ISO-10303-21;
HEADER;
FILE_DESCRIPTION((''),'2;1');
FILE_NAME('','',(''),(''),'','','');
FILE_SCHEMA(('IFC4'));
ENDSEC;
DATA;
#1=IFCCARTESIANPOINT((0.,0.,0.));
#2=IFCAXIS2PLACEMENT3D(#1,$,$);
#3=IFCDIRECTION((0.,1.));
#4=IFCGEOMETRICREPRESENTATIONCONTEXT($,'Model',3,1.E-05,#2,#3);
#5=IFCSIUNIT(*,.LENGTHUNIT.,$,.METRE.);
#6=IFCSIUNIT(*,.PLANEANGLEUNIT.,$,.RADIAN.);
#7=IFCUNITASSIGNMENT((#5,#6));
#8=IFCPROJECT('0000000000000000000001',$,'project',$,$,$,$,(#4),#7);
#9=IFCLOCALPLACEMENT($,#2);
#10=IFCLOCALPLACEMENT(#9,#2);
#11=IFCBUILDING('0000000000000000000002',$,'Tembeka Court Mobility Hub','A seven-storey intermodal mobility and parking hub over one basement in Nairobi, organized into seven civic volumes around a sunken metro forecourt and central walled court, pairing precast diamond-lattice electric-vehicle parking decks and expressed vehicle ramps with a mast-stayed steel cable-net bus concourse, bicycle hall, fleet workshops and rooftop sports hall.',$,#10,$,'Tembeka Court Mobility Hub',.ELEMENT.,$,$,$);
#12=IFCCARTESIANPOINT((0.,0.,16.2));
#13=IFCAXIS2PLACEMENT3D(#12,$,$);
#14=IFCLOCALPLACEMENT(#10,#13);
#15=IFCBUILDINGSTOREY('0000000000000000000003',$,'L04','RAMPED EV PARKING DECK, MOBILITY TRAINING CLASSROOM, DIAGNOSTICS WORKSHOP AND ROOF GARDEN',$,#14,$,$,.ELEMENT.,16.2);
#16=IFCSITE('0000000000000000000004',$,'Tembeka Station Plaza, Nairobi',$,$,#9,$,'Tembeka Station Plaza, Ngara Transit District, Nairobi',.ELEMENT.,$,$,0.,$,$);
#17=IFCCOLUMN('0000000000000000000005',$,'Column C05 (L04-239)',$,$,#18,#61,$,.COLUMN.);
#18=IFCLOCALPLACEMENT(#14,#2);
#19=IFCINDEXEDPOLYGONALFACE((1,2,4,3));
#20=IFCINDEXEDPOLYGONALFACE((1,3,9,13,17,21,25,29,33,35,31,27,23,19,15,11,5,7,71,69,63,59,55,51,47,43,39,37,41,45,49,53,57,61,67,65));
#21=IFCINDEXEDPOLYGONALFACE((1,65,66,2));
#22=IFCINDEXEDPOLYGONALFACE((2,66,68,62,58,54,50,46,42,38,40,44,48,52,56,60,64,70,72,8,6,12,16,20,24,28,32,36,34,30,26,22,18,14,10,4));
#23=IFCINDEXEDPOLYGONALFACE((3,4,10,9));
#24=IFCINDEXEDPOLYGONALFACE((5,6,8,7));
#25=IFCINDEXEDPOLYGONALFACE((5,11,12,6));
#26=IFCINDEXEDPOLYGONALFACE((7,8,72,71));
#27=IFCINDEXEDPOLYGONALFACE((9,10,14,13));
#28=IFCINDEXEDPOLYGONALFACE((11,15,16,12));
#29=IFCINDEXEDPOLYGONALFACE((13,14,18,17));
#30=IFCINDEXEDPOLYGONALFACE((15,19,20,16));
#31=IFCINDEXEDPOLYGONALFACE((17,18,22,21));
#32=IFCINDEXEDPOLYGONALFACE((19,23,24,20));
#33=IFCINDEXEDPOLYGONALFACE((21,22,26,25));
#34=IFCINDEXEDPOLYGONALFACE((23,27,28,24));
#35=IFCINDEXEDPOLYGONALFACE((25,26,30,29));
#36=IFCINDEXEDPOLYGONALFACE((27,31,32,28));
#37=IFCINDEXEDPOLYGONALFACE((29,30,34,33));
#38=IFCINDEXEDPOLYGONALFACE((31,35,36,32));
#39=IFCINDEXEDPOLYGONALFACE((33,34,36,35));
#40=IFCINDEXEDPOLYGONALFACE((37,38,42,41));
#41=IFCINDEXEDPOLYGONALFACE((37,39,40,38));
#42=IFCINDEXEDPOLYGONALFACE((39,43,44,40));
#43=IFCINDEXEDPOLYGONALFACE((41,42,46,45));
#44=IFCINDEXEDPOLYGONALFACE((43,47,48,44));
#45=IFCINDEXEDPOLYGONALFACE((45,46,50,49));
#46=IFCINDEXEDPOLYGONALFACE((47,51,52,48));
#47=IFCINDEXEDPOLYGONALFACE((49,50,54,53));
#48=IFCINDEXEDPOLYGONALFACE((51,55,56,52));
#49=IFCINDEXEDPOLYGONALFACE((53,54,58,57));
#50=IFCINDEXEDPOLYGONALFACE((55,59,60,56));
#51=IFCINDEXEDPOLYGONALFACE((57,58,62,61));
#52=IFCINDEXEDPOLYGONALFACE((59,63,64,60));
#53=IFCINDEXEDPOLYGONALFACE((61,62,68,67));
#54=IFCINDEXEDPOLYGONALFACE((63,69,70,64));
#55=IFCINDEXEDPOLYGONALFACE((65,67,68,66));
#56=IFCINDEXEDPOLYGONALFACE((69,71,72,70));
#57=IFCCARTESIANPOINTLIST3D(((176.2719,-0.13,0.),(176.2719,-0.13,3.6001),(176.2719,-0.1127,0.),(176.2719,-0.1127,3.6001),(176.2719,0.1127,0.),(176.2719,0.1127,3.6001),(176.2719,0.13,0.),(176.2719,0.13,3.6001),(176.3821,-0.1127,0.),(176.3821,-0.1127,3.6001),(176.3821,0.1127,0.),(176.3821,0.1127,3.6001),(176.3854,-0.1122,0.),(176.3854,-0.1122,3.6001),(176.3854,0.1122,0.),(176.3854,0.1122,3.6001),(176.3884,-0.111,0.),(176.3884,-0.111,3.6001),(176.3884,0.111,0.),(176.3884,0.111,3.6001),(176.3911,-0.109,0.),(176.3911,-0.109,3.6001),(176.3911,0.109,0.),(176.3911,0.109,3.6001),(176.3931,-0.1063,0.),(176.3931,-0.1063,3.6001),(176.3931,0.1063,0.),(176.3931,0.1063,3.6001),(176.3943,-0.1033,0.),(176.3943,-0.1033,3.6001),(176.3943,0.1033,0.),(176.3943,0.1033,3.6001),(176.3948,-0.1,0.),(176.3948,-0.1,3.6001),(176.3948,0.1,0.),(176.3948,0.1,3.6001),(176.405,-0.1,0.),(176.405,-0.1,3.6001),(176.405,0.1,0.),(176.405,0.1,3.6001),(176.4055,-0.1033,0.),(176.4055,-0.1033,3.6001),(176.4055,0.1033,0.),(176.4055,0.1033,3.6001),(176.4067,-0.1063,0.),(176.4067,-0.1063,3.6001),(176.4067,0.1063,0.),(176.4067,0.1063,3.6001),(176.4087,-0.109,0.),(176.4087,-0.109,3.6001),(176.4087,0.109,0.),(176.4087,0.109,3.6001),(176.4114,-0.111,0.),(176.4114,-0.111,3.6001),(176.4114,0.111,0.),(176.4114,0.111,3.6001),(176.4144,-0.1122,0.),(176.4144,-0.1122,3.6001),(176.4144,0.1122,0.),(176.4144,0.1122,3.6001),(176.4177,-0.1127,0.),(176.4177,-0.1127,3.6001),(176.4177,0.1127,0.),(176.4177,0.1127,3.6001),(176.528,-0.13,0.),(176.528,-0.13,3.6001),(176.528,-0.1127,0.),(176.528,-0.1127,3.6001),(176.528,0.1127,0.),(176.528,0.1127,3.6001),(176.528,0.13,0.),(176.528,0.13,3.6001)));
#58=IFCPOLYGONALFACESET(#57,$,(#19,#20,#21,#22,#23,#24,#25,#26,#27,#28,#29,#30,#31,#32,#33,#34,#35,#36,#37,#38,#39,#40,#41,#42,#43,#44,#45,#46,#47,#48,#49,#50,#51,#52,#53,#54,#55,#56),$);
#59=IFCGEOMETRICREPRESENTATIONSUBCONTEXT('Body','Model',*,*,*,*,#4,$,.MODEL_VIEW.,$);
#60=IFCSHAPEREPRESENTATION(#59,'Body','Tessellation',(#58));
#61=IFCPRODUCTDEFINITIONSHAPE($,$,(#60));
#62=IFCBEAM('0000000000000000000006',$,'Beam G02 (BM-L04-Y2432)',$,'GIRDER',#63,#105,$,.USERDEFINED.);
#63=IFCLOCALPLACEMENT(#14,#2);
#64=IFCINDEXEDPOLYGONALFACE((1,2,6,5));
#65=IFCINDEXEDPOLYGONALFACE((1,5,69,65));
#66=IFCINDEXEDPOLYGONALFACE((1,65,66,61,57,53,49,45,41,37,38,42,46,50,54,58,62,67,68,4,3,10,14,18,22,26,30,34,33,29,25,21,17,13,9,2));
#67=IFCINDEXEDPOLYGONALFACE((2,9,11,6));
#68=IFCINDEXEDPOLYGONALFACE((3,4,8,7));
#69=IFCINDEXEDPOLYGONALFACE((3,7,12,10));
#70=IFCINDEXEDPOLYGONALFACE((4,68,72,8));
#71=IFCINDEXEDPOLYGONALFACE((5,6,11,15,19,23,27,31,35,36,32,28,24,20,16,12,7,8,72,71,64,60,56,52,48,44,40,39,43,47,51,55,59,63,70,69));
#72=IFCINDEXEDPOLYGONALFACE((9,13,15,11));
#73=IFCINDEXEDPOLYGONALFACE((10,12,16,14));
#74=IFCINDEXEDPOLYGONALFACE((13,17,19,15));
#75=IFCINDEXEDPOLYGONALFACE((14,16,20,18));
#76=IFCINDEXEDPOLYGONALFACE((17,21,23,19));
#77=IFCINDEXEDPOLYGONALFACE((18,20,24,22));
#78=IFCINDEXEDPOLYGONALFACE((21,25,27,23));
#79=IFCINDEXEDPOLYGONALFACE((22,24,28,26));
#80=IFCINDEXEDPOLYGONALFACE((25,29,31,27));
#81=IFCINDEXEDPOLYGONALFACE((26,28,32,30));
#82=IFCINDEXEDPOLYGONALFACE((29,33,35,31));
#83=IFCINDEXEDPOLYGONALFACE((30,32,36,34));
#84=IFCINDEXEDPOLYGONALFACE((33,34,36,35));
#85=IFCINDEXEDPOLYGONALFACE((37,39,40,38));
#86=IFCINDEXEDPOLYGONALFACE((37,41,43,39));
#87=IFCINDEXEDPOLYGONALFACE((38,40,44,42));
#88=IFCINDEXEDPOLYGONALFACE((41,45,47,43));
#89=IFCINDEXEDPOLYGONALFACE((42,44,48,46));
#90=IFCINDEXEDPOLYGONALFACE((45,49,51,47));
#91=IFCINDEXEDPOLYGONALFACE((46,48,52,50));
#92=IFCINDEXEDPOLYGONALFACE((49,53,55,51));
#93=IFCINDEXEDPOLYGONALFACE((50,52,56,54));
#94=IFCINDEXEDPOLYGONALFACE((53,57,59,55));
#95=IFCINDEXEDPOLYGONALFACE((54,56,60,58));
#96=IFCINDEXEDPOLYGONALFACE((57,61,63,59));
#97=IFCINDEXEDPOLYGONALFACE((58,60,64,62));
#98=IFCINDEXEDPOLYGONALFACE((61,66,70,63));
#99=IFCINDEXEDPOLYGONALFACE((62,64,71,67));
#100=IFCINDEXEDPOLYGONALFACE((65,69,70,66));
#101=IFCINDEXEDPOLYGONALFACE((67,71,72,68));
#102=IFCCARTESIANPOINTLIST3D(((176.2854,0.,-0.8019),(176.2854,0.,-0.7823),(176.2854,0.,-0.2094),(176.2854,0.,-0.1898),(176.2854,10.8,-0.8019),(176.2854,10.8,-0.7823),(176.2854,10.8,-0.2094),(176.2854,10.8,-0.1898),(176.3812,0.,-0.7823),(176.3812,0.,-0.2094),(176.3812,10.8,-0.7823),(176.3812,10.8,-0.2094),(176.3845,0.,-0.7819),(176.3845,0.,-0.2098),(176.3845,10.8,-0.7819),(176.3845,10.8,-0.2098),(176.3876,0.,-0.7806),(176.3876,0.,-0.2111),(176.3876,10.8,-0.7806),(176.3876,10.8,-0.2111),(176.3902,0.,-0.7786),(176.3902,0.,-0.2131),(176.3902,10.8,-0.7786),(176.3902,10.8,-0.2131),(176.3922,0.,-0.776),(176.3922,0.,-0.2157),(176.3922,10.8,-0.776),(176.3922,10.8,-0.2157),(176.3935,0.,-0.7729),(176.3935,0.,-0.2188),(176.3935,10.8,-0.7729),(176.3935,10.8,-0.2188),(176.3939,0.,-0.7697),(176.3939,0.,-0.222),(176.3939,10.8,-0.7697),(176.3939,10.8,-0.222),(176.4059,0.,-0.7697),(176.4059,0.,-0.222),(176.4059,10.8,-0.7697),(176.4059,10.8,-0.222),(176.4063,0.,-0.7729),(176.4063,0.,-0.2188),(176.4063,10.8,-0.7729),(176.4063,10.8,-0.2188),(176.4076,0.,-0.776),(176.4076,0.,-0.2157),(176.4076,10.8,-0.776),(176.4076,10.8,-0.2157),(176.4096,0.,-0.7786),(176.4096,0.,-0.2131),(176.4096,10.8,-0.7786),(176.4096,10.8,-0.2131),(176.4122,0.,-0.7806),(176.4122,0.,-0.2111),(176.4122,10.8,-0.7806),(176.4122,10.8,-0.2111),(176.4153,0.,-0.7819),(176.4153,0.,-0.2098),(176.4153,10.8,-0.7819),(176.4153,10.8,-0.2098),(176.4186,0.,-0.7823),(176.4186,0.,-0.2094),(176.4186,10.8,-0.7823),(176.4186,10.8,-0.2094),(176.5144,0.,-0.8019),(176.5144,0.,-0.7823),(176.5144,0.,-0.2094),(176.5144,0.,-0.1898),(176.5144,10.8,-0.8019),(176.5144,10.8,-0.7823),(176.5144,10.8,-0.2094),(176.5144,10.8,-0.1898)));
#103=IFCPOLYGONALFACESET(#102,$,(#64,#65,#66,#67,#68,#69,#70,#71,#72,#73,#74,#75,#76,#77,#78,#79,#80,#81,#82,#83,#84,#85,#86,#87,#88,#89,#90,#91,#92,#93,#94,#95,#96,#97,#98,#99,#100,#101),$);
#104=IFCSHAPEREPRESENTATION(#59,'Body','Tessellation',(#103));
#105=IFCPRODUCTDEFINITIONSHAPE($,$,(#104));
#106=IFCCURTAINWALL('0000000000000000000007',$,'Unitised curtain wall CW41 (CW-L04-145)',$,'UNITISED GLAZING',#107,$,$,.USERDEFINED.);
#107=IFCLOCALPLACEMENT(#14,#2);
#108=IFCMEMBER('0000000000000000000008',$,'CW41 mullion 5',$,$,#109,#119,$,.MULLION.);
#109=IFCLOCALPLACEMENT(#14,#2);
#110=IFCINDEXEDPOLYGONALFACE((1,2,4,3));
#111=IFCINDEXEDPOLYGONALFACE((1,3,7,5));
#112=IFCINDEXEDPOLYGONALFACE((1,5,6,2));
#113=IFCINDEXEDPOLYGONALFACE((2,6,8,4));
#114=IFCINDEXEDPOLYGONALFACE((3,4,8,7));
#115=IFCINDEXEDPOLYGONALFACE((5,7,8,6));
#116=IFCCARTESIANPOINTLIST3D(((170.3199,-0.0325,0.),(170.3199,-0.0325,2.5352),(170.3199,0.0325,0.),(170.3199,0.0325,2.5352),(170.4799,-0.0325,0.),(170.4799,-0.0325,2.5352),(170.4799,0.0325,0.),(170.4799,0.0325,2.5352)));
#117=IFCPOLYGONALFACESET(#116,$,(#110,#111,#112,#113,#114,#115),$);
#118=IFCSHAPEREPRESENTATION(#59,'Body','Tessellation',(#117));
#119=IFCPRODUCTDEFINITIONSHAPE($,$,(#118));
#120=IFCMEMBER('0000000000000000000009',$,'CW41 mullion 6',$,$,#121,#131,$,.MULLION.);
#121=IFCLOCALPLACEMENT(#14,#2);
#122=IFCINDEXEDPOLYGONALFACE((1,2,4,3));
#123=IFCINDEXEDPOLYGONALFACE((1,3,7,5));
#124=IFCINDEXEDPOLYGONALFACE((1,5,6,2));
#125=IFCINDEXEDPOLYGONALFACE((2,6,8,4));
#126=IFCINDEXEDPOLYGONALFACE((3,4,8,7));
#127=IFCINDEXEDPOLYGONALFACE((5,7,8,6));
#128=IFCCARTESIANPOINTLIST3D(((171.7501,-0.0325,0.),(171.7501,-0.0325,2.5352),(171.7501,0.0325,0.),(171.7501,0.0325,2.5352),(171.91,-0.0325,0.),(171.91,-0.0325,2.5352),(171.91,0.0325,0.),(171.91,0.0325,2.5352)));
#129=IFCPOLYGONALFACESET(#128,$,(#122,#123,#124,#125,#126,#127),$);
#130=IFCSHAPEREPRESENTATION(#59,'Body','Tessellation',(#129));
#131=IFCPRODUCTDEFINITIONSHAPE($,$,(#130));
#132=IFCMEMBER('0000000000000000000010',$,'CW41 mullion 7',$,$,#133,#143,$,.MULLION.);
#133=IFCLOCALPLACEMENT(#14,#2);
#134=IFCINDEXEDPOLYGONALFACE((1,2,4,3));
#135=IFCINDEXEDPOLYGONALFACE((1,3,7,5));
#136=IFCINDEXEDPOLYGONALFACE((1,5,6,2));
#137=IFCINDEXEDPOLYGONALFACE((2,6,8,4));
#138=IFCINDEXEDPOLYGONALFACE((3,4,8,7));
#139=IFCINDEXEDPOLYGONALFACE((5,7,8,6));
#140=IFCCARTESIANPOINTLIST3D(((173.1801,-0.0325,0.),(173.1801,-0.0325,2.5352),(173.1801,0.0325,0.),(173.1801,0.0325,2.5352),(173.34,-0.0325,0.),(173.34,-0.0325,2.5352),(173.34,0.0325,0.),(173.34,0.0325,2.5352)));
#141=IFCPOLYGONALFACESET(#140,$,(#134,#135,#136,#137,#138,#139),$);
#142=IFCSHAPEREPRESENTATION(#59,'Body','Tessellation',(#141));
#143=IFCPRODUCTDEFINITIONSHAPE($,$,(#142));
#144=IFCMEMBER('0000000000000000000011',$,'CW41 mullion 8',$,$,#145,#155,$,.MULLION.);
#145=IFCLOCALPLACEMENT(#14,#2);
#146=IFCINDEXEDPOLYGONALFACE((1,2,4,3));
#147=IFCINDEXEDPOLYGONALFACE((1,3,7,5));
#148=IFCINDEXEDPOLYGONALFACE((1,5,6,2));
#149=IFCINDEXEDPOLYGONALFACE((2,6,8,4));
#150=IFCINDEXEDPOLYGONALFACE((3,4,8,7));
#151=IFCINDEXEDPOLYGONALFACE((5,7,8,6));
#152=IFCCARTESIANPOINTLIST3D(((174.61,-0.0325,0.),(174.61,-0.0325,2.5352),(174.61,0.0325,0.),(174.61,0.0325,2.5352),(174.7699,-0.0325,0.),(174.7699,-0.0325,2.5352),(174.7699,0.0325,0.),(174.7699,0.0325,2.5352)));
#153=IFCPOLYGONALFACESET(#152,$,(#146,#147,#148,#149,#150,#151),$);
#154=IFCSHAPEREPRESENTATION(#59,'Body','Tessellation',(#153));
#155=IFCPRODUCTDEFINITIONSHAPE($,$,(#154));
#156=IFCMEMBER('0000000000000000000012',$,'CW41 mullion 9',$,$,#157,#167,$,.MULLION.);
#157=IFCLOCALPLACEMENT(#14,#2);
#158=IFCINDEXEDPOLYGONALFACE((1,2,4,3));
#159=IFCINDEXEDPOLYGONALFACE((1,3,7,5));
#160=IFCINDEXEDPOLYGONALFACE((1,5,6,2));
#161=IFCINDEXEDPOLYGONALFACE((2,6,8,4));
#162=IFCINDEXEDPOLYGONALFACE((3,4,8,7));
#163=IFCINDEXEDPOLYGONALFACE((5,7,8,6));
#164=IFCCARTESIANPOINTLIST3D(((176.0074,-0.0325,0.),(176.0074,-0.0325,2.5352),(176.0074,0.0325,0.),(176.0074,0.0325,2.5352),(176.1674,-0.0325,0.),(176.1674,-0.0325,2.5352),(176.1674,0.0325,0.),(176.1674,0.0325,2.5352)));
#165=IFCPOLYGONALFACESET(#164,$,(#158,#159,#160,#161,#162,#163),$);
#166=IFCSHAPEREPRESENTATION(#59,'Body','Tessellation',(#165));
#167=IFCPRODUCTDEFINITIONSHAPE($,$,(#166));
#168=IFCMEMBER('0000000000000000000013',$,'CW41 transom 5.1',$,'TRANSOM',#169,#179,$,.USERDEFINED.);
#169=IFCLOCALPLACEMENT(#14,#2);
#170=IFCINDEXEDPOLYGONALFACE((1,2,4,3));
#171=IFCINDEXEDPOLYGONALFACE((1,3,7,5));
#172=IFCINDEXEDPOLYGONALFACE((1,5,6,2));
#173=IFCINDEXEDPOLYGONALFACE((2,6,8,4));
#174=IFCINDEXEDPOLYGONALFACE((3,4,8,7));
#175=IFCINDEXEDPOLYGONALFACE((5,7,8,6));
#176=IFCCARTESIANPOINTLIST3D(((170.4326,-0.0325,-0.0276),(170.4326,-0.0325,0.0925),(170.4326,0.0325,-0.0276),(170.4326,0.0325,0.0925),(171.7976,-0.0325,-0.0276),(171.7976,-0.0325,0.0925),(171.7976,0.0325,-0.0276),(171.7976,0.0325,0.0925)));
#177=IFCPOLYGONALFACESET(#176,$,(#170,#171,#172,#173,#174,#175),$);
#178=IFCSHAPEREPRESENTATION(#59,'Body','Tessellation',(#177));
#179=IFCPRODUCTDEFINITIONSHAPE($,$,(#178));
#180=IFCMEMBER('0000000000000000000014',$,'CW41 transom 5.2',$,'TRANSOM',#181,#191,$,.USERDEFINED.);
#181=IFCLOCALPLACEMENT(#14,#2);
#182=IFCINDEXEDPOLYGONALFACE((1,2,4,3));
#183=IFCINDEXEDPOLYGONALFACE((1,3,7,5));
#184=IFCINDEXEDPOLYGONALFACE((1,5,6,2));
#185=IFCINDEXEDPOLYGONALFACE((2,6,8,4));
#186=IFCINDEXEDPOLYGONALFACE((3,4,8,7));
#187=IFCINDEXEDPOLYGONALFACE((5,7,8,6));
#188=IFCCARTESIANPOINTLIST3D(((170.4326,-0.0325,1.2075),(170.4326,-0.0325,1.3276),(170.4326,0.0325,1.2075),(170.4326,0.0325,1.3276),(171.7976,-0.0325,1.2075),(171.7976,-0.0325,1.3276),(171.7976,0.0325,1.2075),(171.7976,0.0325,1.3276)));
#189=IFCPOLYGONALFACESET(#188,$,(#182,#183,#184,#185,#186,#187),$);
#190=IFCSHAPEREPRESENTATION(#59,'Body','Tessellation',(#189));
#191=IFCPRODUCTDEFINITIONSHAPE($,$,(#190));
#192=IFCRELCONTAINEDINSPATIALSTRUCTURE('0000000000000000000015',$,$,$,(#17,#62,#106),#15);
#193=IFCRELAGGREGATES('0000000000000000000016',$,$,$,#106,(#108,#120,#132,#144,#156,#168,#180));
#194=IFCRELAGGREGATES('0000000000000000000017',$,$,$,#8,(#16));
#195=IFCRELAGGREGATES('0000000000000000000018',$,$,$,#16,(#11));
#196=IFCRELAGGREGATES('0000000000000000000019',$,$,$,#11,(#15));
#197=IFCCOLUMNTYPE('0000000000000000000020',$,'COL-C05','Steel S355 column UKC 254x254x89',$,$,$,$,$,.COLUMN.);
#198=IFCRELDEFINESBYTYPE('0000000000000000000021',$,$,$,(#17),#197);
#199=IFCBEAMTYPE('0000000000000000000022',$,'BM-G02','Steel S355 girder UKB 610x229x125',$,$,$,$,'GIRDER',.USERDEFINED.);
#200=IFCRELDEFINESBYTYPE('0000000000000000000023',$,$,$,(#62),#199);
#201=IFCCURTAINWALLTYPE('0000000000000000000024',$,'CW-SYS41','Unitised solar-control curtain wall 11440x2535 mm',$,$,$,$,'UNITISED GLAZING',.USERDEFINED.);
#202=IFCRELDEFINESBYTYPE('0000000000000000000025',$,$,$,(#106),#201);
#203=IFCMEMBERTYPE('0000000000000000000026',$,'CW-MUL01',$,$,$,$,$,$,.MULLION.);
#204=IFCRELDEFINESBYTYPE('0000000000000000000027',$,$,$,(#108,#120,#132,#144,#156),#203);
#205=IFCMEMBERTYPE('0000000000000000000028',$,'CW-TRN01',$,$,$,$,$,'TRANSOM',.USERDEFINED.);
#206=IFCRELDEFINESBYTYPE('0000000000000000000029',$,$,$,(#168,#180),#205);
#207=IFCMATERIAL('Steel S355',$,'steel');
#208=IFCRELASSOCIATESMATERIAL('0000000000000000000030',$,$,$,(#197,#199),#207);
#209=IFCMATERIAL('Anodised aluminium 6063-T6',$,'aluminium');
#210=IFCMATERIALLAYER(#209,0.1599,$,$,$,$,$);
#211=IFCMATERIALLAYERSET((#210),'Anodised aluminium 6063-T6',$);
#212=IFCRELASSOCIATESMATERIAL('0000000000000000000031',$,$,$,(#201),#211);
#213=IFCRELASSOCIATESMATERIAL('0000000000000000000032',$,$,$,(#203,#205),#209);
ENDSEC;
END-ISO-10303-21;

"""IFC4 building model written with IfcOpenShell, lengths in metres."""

from ifc_helpers import new_model, si_unit, direction, frame, origin, origin_2d, place, context, subcontext, project, spatial, rectangle, i_section, extrude, material, layer, layer_set, material_profile, profile_set, type_object, element, aggregate, save


model = new_model("IFC4")

# Units and contexts
model_context = context("Model", 3, precision=1e-05, world=origin(), true_north=direction((0.0, 1.0)))
body_context = subcontext(model_context, "Body", "Model", "MODEL_VIEW")
ifc_project = project(units=[si_unit("LENGTHUNIT", "METRE"), si_unit("PLANEANGLEUNIT", "RADIAN")], contexts=[model_context])

# Site, building, storey
site_placement = place(None, origin())
site = spatial("IfcSite", under=ifc_project, at=site_placement, Name="Tembeka Station Plaza, Nairobi", LongName="Tembeka Station Plaza, Ngara Transit District, Nairobi", CompositionType="ELEMENT", RefElevation=0.0)
building_placement = place(site_placement, origin())
building = spatial("IfcBuilding", under=site, at=building_placement, Name="Tembeka Court Mobility Hub", Description="A seven-storey intermodal mobility and parking hub over one basement in Nairobi, organized into seven civic volumes around a sunken metro forecourt and central walled court, pairing precast diamond-lattice electric-vehicle parking decks and expressed vehicle ramps with a mast-stayed steel cable-net bus concourse, bicycle hall, fleet workshops and rooftop sports hall.", LongName="Tembeka Court Mobility Hub", CompositionType="ELEMENT")
storey_placement = place(building_placement, frame((0.0, 0.0, 16.2)))
storey = spatial("IfcBuildingStorey", under=building, at=storey_placement, Name="L04", Description="RAMPED EV PARKING DECK, MOBILITY TRAINING CLASSROOM, DIAGNOSTICS WORKSHOP AND ROOF GARDEN", CompositionType="ELEMENT", Elevation=16.2)

# Column
ifc_material_1 = material(Name="Steel S355", Category="steel")
ifc_material_profile_1 = material_profile(ifc_material_1, i_section(OverallWidth=0.2561, OverallDepth=0.26, WebThickness=0.0103, FlangeThickness=0.0173, FilletRadius=0.0127, at=origin_2d()), Name="UKC 254x254x89")
ifc_profile_set_1 = profile_set([ifc_material_profile_1], Name="Steel S355")
column_type = type_object("IfcColumnType", Name="COL-C05", Description="Steel S355 column UKC 254x254x89", PredefinedType="COLUMN", material=ifc_profile_set_1)
column_placement = place(storey_placement, frame((176.3999, 0.0, 0.0), z_axis=(0.0, 0.0, 1.0), x_axis=(1.0, 0.0, 0.0)))
element("IfcColumn", 1, at=column_placement, inside=storey, type_object=column_type, Name="Column C05 (L04-239)", PredefinedType="COLUMN", context=body_context, shape_type="SweptSolid", body=[
    extrude(i_section(OverallWidth=0.2561, OverallDepth=0.26, WebThickness=0.0103, FlangeThickness=0.0173, FilletRadius=0.0127, at=origin_2d()), origin(), (0.0, 0.0, 1.0), 3.6001),
])

# Beam
ifc_material_profile_2 = material_profile(ifc_material_1, i_section(OverallWidth=0.229, OverallDepth=0.6121, WebThickness=0.012, FlangeThickness=0.0195, FilletRadius=0.0127, at=origin_2d()), Name="UKB 610x229x125")
ifc_profile_set_2 = profile_set([ifc_material_profile_2], Name="Steel S355")
beam_type = type_object("IfcBeamType", Name="BM-G02", Description="Steel S355 girder UKB 610x229x125", ElementType="GIRDER", PredefinedType="USERDEFINED", material=ifc_profile_set_2)
beam_placement = place(storey_placement, frame((176.3999, 0.0, -0.4958), z_axis=(0.0, 1.0, 0.0), x_axis=(-1.0, 0.0, 0.0)))
element("IfcBeam", 2, at=beam_placement, inside=storey, type_object=beam_type, Name="Beam G02 (BM-L04-Y2432)", ObjectType="GIRDER", PredefinedType="USERDEFINED", context=body_context, shape_type="SweptSolid", body=[
    extrude(i_section(OverallWidth=0.229, OverallDepth=0.6121, WebThickness=0.012, FlangeThickness=0.0195, FilletRadius=0.0127, at=origin_2d()), origin(), (0.0, 0.0, 1.0), 10.8),
])

# Curtain wall, members
ifc_material_2 = material(Name="Anodised aluminium 6063-T6", Category="aluminium")
ifc_layer_1 = layer(ifc_material_2, 0.1599)
ifc_layer_set_1 = layer_set([ifc_layer_1], Name="Anodised aluminium 6063-T6")
curtain_wall_type = type_object("IfcCurtainWallType", Name="CW-SYS41", Description="Unitised solar-control curtain wall 11440x2535 mm", ElementType="UNITISED GLAZING", PredefinedType="USERDEFINED", material=ifc_layer_set_1)
curtain_wall_placement = place(storey_placement, origin())
curtain_wall = element("IfcCurtainWall", 3, at=curtain_wall_placement, inside=storey, type_object=curtain_wall_type, Name="Unitised curtain wall CW41 (CW-L04-145)", ObjectType="UNITISED GLAZING", PredefinedType="USERDEFINED")
ifc_material_profile_3 = material_profile(ifc_material_2, rectangle(XDim=0.0649, YDim=0.1599, at=origin_2d()), Name="ALU-MUL 65x160")
ifc_profile_set_3 = profile_set([ifc_material_profile_3], Name="Anodised aluminium 6063-T6")
member_type_1 = type_object("IfcMemberType", Name="CW-MUL01", PredefinedType="MULLION", material=ifc_profile_set_3)
member_1_placement = place(storey_placement, frame((170.3999, 0.0, 0.0), z_axis=(0.0, 0.0, 1.0), x_axis=(0.0, 1.0, 0.0)))
member_1 = element("IfcMember", 4, at=member_1_placement, type_object=member_type_1, Name="CW41 mullion 5", PredefinedType="MULLION", context=body_context, shape_type="SweptSolid", body=[
    extrude(rectangle(XDim=0.0649, YDim=0.1599, at=origin_2d()), origin(), (0.0, 0.0, 1.0), 2.5352),
])
member_2_placement = place(storey_placement, frame((171.8301, 0.0, 0.0), z_axis=(0.0, 0.0, 1.0), x_axis=(0.0, 1.0, 0.0)))
member_2 = element("IfcMember", 5, at=member_2_placement, type_object=member_type_1, Name="CW41 mullion 6", PredefinedType="MULLION", context=body_context, shape_type="SweptSolid", body=[
    extrude(rectangle(XDim=0.0649, YDim=0.1599, at=origin_2d()), origin(), (0.0, 0.0, 1.0), 2.5352),
])
member_3_placement = place(storey_placement, frame((173.26, 0.0, 0.0), z_axis=(0.0, 0.0, 1.0), x_axis=(0.0, 1.0, 0.0)))
member_3 = element("IfcMember", 6, at=member_3_placement, type_object=member_type_1, Name="CW41 mullion 7", PredefinedType="MULLION", context=body_context, shape_type="SweptSolid", body=[
    extrude(rectangle(XDim=0.0649, YDim=0.1599, at=origin_2d()), origin(), (0.0, 0.0, 1.0), 2.5352),
])
member_4_placement = place(storey_placement, frame((174.6899, 0.0, 0.0), z_axis=(0.0, 0.0, 1.0), x_axis=(0.0, 1.0, 0.0)))
member_4 = element("IfcMember", 7, at=member_4_placement, type_object=member_type_1, Name="CW41 mullion 8", PredefinedType="MULLION", context=body_context, shape_type="SweptSolid", body=[
    extrude(rectangle(XDim=0.0649, YDim=0.1599, at=origin_2d()), origin(), (0.0, 0.0, 1.0), 2.5352),
])
member_5_placement = place(storey_placement, frame((176.0874, 0.0, 0.0), z_axis=(0.0, 0.0, 1.0), x_axis=(0.0, 1.0, 0.0)))
member_5 = element("IfcMember", 8, at=member_5_placement, type_object=member_type_1, Name="CW41 mullion 9", PredefinedType="MULLION", context=body_context, shape_type="SweptSolid", body=[
    extrude(rectangle(XDim=0.0649, YDim=0.1599, at=origin_2d()), origin(), (0.0, 0.0, 1.0), 2.5352),
])
ifc_material_profile_4 = material_profile(ifc_material_2, rectangle(XDim=0.0649, YDim=0.1201, at=origin_2d()), Name="ALU-TRN 65x120")
ifc_profile_set_4 = profile_set([ifc_material_profile_4], Name="Anodised aluminium 6063-T6")
member_type_2 = type_object("IfcMemberType", Name="CW-TRN01", ElementType="TRANSOM", PredefinedType="USERDEFINED", material=ifc_profile_set_4)
member_6_placement = place(storey_placement, frame((170.4326, 0.0, 0.0325), z_axis=(1.0, 0.0, 0.0), x_axis=(0.0, 1.0, 0.0)))
member_6 = element("IfcMember", 9, at=member_6_placement, type_object=member_type_2, Name="CW41 transom 5.1", ObjectType="TRANSOM", PredefinedType="USERDEFINED", context=body_context, shape_type="SweptSolid", body=[
    extrude(rectangle(XDim=0.0649, YDim=0.1201, at=origin_2d()), origin(), (0.0, 0.0, 1.0), 1.365),
])
member_7_placement = place(storey_placement, frame((170.4326, 0.0, 1.2676), z_axis=(1.0, 0.0, 0.0), x_axis=(0.0, 1.0, 0.0)))
member_7 = element("IfcMember", 10, at=member_7_placement, type_object=member_type_2, Name="CW41 transom 5.2", ObjectType="TRANSOM", PredefinedType="USERDEFINED", context=body_context, shape_type="SweptSolid", body=[
    extrude(rectangle(XDim=0.0649, YDim=0.1201, at=origin_2d()), origin(), (0.0, 0.0, 1.0), 1.365),
])
aggregate(curtain_wall, [member_1, member_2, member_3, member_4, member_5, member_6, member_7])

save(model, "model.ifc")
